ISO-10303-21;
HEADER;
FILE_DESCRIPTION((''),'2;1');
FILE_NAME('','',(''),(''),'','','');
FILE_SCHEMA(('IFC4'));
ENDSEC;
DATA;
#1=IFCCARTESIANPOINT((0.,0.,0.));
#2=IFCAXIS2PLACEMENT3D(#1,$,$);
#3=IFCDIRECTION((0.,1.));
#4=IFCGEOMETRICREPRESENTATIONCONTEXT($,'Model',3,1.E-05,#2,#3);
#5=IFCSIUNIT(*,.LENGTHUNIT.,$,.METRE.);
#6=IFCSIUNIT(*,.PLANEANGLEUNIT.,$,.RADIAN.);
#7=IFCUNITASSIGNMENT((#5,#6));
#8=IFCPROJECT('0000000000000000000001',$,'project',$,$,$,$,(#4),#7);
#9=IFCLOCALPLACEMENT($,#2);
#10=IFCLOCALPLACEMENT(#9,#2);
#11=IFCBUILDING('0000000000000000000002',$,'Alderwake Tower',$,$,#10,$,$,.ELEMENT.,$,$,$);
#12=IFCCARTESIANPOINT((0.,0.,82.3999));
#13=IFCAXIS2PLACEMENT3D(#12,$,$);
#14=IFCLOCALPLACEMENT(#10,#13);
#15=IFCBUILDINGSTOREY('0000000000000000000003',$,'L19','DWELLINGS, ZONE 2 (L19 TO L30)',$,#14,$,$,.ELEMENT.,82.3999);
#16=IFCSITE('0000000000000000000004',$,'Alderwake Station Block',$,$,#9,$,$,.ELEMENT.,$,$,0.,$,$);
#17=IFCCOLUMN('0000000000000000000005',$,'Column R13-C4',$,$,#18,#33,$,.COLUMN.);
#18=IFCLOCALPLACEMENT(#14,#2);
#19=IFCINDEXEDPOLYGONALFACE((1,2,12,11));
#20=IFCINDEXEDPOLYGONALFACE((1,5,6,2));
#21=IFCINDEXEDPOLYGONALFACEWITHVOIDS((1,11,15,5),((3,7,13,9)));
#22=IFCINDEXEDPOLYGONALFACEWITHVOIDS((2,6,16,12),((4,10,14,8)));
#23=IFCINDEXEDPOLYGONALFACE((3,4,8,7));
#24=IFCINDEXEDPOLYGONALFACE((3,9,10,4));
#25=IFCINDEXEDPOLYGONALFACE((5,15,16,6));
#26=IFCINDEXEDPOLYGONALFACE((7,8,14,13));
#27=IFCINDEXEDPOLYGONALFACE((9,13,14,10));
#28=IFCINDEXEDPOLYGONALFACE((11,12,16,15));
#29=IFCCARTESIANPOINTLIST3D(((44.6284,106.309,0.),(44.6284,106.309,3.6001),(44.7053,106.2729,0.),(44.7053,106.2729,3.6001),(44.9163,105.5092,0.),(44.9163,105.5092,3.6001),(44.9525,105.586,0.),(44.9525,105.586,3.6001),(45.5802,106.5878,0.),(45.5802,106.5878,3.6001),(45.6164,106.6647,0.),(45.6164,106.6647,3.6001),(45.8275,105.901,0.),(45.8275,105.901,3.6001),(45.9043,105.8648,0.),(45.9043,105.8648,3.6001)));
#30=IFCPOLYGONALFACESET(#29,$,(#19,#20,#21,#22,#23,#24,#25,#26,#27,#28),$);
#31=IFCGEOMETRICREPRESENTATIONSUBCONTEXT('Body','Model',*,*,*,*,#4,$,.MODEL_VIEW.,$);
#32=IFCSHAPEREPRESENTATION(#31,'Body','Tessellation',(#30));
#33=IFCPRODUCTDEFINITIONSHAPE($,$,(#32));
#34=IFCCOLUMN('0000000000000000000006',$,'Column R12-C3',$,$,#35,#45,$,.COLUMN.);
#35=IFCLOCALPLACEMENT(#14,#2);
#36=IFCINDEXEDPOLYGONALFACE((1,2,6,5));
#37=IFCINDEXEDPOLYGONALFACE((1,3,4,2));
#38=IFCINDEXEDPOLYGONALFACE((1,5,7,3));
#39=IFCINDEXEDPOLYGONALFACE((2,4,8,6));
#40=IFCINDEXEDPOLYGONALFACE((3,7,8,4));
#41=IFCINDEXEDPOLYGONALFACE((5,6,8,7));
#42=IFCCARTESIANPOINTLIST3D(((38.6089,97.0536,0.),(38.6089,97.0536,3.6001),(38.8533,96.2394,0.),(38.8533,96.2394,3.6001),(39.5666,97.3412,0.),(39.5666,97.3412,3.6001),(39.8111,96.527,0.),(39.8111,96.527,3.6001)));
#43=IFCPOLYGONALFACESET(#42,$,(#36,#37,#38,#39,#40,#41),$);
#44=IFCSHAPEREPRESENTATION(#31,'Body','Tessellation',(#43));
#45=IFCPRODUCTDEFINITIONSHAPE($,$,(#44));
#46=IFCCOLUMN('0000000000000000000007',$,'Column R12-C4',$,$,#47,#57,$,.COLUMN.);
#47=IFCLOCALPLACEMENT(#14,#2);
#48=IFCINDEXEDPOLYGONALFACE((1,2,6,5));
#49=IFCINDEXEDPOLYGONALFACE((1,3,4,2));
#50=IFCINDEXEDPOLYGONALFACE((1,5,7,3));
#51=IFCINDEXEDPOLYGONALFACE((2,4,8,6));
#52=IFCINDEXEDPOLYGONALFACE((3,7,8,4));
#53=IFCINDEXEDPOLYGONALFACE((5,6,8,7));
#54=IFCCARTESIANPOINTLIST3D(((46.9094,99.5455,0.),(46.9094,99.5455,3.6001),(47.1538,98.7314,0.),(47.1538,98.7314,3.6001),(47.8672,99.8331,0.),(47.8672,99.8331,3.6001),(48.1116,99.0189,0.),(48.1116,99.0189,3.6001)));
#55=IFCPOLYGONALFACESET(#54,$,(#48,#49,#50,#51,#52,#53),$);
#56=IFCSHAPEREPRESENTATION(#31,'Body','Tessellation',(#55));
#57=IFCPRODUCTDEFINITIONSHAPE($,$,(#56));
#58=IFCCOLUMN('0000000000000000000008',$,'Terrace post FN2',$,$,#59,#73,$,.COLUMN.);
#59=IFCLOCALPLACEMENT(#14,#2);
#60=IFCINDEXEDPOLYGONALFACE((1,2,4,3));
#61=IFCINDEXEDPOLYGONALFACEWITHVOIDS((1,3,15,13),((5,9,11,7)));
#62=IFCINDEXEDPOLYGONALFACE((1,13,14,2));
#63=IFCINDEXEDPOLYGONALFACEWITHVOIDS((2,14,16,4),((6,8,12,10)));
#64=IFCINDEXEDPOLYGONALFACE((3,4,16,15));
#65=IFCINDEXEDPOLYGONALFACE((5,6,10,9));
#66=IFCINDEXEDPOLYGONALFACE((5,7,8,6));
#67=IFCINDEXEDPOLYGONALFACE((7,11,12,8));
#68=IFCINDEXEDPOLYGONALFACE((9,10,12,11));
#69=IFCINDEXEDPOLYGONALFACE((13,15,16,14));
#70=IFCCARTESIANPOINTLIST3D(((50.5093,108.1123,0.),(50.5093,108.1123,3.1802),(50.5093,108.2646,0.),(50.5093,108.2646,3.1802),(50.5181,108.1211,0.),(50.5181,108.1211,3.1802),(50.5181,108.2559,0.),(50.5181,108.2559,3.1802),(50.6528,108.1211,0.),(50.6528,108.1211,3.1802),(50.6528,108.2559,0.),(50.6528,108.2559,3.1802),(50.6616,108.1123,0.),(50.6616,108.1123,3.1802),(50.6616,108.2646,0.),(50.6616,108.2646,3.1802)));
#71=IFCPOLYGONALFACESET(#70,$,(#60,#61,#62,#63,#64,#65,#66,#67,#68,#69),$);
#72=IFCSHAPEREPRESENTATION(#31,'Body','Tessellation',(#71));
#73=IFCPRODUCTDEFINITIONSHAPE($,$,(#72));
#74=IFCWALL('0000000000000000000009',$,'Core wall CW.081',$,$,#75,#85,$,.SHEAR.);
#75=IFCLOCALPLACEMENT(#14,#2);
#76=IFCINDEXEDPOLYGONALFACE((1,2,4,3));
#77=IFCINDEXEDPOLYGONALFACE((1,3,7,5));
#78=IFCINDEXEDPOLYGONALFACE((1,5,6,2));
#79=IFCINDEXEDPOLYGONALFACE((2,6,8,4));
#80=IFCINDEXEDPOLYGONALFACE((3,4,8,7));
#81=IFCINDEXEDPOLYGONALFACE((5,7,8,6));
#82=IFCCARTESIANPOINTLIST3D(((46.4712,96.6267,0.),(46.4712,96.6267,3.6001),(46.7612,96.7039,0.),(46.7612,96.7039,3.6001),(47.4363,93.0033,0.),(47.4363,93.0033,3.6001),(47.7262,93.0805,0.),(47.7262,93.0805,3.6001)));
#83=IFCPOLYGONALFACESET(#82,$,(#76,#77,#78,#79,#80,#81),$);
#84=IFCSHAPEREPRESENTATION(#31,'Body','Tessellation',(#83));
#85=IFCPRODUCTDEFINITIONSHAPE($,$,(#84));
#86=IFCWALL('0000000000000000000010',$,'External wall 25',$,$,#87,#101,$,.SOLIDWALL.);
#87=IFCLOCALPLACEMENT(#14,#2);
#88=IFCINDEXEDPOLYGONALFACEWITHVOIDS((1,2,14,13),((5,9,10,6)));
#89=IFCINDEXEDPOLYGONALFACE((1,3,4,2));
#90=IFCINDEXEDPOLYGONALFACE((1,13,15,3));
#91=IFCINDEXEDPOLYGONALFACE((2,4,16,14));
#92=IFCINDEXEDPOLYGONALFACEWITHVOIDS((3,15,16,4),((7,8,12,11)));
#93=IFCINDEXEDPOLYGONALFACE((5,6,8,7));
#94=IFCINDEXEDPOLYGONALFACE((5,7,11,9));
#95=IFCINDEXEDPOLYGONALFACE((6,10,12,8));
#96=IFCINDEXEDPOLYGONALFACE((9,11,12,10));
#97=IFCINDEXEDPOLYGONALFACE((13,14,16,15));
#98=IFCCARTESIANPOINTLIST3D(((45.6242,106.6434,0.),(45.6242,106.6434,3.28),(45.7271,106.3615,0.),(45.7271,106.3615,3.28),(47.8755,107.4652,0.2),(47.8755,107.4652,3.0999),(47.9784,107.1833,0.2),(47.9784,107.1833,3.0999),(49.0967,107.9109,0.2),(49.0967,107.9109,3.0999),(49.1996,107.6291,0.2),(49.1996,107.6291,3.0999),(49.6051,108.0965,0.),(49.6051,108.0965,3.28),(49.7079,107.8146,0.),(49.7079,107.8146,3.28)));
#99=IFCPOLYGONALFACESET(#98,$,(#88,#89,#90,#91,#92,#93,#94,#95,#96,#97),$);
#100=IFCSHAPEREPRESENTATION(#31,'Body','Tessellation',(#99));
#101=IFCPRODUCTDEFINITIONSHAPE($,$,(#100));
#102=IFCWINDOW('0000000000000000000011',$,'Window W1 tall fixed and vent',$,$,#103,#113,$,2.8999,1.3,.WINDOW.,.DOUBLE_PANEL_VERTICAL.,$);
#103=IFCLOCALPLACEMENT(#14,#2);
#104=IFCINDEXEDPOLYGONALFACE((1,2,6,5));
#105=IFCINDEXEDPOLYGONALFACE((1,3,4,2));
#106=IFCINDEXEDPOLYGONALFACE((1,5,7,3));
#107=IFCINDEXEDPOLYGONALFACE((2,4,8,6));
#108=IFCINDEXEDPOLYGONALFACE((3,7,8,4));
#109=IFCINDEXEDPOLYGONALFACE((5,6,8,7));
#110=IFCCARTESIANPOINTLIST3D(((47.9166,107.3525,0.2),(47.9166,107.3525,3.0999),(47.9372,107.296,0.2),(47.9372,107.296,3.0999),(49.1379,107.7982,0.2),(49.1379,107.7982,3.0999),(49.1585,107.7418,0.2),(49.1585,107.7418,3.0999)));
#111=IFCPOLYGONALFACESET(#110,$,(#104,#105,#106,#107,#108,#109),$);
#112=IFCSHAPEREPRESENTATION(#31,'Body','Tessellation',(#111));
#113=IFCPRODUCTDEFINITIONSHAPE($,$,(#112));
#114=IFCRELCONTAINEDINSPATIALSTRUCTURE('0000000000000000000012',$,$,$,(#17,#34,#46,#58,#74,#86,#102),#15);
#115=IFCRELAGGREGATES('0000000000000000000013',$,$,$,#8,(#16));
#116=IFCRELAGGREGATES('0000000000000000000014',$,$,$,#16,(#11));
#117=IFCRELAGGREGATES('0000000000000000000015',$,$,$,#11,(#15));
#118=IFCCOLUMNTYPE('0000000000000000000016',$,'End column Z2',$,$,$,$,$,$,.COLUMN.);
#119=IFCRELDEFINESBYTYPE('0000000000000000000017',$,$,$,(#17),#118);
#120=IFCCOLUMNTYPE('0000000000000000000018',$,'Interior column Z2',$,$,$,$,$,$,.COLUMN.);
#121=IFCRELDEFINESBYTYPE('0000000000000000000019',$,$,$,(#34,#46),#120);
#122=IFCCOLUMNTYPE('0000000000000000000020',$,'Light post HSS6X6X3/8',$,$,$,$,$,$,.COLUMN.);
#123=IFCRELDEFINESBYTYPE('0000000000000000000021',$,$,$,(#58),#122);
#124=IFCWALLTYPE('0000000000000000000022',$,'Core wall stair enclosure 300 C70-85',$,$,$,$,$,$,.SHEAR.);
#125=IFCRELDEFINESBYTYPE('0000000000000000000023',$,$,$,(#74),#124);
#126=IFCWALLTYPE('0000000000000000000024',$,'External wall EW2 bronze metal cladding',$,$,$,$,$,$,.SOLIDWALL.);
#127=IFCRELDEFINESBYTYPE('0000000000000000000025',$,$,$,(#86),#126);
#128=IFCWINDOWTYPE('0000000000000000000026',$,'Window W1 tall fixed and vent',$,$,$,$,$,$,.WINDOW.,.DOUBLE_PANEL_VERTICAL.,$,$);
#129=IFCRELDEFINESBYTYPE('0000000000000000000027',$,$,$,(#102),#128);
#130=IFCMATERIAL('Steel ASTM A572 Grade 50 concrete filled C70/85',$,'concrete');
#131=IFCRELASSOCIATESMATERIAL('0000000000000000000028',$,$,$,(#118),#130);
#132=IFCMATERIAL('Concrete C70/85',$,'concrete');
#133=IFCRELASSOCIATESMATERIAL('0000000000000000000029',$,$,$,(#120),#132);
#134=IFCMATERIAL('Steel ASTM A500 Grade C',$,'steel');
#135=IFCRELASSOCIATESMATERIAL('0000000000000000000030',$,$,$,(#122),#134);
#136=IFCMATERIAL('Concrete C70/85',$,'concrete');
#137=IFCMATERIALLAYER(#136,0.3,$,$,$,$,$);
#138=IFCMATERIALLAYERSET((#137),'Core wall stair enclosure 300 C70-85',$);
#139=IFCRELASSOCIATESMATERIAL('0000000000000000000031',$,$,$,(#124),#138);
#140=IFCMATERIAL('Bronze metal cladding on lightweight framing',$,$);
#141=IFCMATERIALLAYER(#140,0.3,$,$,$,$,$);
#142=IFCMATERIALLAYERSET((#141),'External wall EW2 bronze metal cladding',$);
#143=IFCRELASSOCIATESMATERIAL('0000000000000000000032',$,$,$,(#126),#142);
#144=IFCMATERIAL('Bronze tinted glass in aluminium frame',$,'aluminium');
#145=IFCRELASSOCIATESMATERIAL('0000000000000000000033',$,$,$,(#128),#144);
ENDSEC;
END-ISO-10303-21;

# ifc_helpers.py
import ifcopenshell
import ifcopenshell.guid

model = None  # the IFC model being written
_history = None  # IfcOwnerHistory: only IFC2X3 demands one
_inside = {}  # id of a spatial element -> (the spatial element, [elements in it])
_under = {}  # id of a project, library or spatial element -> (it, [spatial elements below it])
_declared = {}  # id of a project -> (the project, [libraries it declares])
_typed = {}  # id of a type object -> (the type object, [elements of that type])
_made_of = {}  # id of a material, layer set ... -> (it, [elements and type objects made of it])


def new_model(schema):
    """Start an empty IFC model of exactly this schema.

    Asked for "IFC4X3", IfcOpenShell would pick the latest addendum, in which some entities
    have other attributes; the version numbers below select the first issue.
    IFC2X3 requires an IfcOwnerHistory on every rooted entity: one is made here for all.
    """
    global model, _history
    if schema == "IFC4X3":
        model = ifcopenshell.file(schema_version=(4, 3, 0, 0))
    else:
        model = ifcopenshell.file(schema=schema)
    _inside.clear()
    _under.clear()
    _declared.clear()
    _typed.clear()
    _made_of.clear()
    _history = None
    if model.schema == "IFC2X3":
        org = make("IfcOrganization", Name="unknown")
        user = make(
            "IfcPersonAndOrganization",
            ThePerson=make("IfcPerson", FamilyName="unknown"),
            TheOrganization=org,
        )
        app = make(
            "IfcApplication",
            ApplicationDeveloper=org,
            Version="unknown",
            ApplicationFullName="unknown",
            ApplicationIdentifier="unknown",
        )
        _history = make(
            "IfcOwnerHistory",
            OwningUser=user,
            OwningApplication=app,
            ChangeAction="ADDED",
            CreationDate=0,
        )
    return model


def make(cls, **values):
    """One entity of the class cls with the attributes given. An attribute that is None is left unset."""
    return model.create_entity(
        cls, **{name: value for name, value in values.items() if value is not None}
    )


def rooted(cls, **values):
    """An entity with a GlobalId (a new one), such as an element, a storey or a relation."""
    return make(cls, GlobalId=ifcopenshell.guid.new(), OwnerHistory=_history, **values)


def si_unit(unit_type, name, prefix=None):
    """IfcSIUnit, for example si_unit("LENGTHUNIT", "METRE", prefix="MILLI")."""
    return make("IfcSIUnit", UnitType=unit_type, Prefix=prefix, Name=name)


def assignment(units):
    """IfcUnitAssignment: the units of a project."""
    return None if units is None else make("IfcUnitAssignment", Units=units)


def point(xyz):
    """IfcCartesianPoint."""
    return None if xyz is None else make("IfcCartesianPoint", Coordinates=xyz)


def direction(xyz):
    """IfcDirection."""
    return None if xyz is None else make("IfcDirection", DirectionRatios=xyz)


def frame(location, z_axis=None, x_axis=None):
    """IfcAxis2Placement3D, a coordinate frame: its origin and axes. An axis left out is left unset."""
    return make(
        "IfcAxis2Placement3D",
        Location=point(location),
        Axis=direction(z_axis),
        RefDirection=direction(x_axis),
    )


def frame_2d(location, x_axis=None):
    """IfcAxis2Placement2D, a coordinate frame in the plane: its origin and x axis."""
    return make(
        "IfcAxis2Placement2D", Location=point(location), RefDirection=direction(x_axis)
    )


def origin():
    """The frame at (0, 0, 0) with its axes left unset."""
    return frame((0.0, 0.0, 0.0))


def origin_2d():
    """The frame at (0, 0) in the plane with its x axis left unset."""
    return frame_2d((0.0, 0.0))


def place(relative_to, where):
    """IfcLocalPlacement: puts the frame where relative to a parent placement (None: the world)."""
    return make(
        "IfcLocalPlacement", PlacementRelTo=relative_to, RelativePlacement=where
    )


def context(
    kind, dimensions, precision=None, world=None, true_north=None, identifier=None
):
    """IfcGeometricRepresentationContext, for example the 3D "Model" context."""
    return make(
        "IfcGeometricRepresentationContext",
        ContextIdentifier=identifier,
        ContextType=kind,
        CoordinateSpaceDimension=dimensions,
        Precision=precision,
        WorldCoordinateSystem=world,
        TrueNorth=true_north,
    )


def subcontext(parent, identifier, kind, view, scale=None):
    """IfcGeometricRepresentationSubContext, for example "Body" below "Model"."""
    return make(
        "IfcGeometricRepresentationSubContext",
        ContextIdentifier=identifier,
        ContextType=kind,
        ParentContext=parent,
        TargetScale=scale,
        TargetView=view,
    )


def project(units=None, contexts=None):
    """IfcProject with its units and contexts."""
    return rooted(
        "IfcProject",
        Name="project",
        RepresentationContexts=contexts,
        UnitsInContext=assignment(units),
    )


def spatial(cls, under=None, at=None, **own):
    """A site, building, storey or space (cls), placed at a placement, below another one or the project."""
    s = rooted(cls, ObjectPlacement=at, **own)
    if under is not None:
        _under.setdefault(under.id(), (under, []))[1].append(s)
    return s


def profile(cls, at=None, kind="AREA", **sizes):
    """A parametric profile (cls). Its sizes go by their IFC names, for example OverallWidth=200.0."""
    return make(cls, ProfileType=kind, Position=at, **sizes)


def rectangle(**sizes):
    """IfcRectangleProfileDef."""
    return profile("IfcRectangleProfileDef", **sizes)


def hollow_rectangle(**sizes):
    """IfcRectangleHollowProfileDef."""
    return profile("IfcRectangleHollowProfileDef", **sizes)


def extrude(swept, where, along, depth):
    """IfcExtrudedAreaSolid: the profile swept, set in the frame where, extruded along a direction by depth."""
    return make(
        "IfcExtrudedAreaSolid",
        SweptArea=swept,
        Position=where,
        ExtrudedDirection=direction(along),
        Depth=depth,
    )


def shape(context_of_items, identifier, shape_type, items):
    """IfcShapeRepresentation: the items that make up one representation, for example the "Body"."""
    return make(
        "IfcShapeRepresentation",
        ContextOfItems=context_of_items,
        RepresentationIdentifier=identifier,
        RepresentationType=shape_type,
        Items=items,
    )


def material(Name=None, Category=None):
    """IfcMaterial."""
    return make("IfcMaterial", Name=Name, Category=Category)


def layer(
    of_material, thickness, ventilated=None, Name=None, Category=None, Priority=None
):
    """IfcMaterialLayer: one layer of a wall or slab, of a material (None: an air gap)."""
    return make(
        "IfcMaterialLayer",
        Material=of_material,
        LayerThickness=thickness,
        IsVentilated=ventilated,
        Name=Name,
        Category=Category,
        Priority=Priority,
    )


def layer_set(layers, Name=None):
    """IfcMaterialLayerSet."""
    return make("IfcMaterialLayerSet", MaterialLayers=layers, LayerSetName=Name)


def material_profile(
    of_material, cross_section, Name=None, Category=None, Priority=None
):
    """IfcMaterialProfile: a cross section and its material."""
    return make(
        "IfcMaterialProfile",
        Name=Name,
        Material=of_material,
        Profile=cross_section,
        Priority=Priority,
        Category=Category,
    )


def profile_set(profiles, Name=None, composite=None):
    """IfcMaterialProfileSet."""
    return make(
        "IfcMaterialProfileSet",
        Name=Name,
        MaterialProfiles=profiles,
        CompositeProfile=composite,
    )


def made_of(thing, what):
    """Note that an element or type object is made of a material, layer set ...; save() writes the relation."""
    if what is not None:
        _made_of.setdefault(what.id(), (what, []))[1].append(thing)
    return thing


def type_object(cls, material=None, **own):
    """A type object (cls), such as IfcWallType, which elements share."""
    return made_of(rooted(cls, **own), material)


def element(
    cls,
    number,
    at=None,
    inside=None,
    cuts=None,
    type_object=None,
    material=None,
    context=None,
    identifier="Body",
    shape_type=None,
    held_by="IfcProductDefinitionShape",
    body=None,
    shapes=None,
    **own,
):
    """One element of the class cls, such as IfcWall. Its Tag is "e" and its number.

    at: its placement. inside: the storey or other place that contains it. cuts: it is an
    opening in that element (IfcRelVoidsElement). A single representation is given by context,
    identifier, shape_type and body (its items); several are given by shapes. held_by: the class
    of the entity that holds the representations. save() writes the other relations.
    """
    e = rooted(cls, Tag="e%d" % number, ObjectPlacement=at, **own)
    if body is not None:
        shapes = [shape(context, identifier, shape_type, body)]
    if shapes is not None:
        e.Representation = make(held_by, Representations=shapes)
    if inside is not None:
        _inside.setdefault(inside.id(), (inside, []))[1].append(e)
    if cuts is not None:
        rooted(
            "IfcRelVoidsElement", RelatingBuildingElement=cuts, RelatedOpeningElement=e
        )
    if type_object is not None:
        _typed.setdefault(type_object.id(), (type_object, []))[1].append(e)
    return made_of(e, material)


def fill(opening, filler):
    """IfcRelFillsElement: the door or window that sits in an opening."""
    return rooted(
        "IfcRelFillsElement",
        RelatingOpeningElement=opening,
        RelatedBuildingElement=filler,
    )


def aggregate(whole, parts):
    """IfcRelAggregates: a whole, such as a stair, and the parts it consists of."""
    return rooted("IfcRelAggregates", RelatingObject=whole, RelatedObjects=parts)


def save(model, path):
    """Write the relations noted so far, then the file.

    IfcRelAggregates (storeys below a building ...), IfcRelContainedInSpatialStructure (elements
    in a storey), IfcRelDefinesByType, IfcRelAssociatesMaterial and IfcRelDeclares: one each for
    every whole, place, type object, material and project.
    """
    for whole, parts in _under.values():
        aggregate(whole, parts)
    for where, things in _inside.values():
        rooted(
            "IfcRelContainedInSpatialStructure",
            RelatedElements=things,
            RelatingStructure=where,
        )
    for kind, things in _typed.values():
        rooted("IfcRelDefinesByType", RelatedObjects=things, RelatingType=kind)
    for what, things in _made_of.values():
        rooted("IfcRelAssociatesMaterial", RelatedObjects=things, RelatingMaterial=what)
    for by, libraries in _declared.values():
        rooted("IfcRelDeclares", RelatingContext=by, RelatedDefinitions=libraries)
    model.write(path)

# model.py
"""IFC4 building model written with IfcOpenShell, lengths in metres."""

from ifc_helpers import new_model, si_unit, direction, frame, frame_2d, origin, origin_2d, place, context, subcontext, project, spatial, rectangle, hollow_rectangle, extrude, material, layer, layer_set, material_profile, profile_set, type_object, element, fill, save


model = new_model("IFC4")

# Units and contexts
model_context = context("Model", 3, precision=1e-05, world=origin(), true_north=direction((0.0, 1.0)))
body_context = subcontext(model_context, "Body", "Model", "MODEL_VIEW")
ifc_project = project(units=[si_unit("LENGTHUNIT", "METRE"), si_unit("PLANEANGLEUNIT", "RADIAN")], contexts=[model_context])

# Site, building, storey
site_placement = place(None, origin())
site = spatial("IfcSite", under=ifc_project, at=site_placement, Name="Alderwake Station Block", CompositionType="ELEMENT", RefElevation=0.0)
building_placement = place(site_placement, origin())
building = spatial("IfcBuilding", under=site, at=building_placement, Name="Alderwake Tower", CompositionType="ELEMENT")
storey_placement = place(building_placement, frame((0.0, 0.0, 82.3999)))
storey = spatial("IfcBuildingStorey", under=building, at=storey_placement, Name="L19", Description="DWELLINGS, ZONE 2 (L19 TO L30)", CompositionType="ELEMENT", Elevation=82.3999)

# Columns
ifc_material_1 = material(Name="Steel ASTM A572 Grade 50 concrete filled C70/85", Category="concrete")
ifc_material_profile_1 = material_profile(ifc_material_1, hollow_rectangle(XDim=0.8501, YDim=1.05, WallThickness=0.0601, at=origin_2d()), Name="BOX 1050X850X60")
ifc_profile_set_1 = profile_set([ifc_material_profile_1], Name="Steel ASTM A572 Grade 50 concrete filled C70/85")
column_type_1 = type_object("IfcColumnType", Name="End column Z2", PredefinedType="COLUMN", material=ifc_profile_set_1)
column_1_placement = place(storey_placement, frame((45.2664, 106.0869, 0.0), z_axis=(0.0, 0.0, 1.0), x_axis=(-0.338661, 0.940909, 0.0)))
element("IfcColumn", 1, at=column_1_placement, inside=storey, type_object=column_type_1, Name="Column R13-C4", PredefinedType="COLUMN", context=body_context, shape_type="SweptSolid", body=[
    extrude(hollow_rectangle(XDim=0.8501, YDim=1.05, WallThickness=0.0601, at=origin_2d()), origin(), (0.0, 0.0, 1.0), 3.6001),
])
ifc_material_2 = material(Name="Concrete C70/85", Category="concrete")
ifc_material_profile_2 = material_profile(ifc_material_2, rectangle(XDim=0.8501, YDim=1.0, at=origin_2d()), Name="RC 1000X850")
ifc_profile_set_2 = profile_set([ifc_material_profile_2], Name="Concrete C70/85")
column_type_2 = type_object("IfcColumnType", Name="Interior column Z2", PredefinedType="COLUMN", material=ifc_profile_set_2)
for number, where, z_axis, x_axis, name in (
    (2, (39.21, 96.7903, 0.0), (0.0, 0.0, 1.0), (-0.287549, 0.957766, 0.0), "Column R12-C3"),
    (3, (47.5105, 99.2822, 0.0), (0.0, 0.0, 1.0), (-0.287549, 0.957766, 0.0), "Column R12-C4"),
):
    element("IfcColumn", number, at=place(storey_placement, frame(where, z_axis=z_axis, x_axis=x_axis)), inside=storey, type_object=column_type_2, Name=name, PredefinedType="COLUMN", context=body_context, shape_type="SweptSolid", body=[
        extrude(rectangle(XDim=0.8501, YDim=1.0, at=origin_2d()), origin(), (0.0, 0.0, 1.0), 3.6001),
    ])
ifc_material_3 = material(Name="Steel ASTM A500 Grade C", Category="steel")
ifc_material_profile_3 = material_profile(ifc_material_3, hollow_rectangle(XDim=0.1523, YDim=0.1523, WallThickness=0.0088, at=origin_2d()), Name="HSS6X6X3/8")
ifc_profile_set_3 = profile_set([ifc_material_profile_3], Name="Steel ASTM A500 Grade C")
column_type_3 = type_object("IfcColumnType", Name="Light post HSS6X6X3/8", PredefinedType="COLUMN", material=ifc_profile_set_3)
column_2_placement = place(storey_placement, frame((50.5854, 108.1885, 0.0), z_axis=(0.0, 0.0, 1.0), x_axis=(1.0, 0.0, 0.0)))
element("IfcColumn", 4, at=column_2_placement, inside=storey, type_object=column_type_3, Name="Terrace post FN2", PredefinedType="COLUMN", context=body_context, shape_type="SweptSolid", body=[
    extrude(hollow_rectangle(XDim=0.1523, YDim=0.1523, WallThickness=0.0088, at=origin_2d()), origin(), (0.0, 0.0, 1.0), 3.1802),
])

# Wall
ifc_material_4 = material(Name="Concrete C70/85", Category="concrete")
ifc_layer_1 = layer(ifc_material_4, 0.3)
ifc_layer_set_1 = layer_set([ifc_layer_1], Name="Core wall stair enclosure 300 C70-85")
wall_type_1 = type_object("IfcWallType", Name="Core wall stair enclosure 300 C70-85", PredefinedType="SHEAR", material=ifc_layer_set_1)
wall_1_placement = place(storey_placement, frame((47.5813, 93.0417, 0.0), z_axis=(0.0, 0.0, 1.0), x_axis=(-0.257367, 0.966314, 0.0)))
element("IfcWall", 5, at=wall_1_placement, inside=storey, type_object=wall_type_1, Name="Core wall CW.081", PredefinedType="SHEAR", context=body_context, shape_type="SweptSolid", body=[
    extrude(rectangle(XDim=3.7498, YDim=0.3, at=frame_2d((1.875, 0.0))), origin(), (0.0, 0.0, 1.0), 3.6001),
])

# Wall, opening, window
ifc_material_5 = material(Name="Bronze metal cladding on lightweight framing")
ifc_layer_2 = layer(ifc_material_5, 0.3)
ifc_layer_set_2 = layer_set([ifc_layer_2], Name="External wall EW2 bronze metal cladding")
wall_type_2 = type_object("IfcWallType", Name="External wall EW2 bronze metal cladding", PredefinedType="SOLIDWALL", material=ifc_layer_set_2)
wall_2_placement = place(storey_placement, frame((49.6565, 107.9556, 0.0), z_axis=(0.0, 0.0, 1.0), x_axis=(-0.939376, -0.34289, 0.0)))
wall_2 = element("IfcWall", 6, at=wall_2_placement, inside=storey, type_object=wall_type_2, Name="External wall 25", PredefinedType="SOLIDWALL", context=body_context, shape_type="SweptSolid", body=[
    extrude(rectangle(XDim=4.2378, YDim=0.3, at=frame_2d((2.1189, 0.0))), origin(), (0.0, 0.0, 1.0), 3.28),
])
opening_1_placement = place(wall_2_placement, frame((0.5413, 0.0, 0.2)))
opening_1 = element("IfcOpeningElement", 7, at=opening_1_placement, cuts=wall_2, PredefinedType="OPENING", context=body_context, shape_type="SweptSolid", body=[
    extrude(rectangle(XDim=1.3, YDim=2.8999, at=frame_2d((0.6499, 1.45))), frame((0.0, 0.1599, 0.0), z_axis=(0.0, -1.0, 0.0), x_axis=(1.0, 0.0, 0.0)), (0.0, 0.0, 1.0), 0.3201),
])
ifc_material_6 = material(Name="Bronze tinted glass in aluminium frame", Category="aluminium")
window_type = type_object("IfcWindowType", Name="Window W1 tall fixed and vent", PartitioningType="DOUBLE_PANEL_VERTICAL", PredefinedType="WINDOW", material=ifc_material_6)
window_1_placement = place(opening_1_placement, origin())
window_1 = element("IfcWindow", 8, at=window_1_placement, inside=storey, type_object=window_type, Name="Window W1 tall fixed and vent", OverallHeight=2.8999, OverallWidth=1.3, PartitioningType="DOUBLE_PANEL_VERTICAL", PredefinedType="WINDOW", context=body_context, shape_type="SweptSolid", body=[
    extrude(rectangle(XDim=1.3, YDim=2.8999, at=frame_2d((0.6499, 1.45))), frame((0.0, 0.03, 0.0), z_axis=(0.0, -1.0, 0.0), x_axis=(1.0, 0.0, 0.0)), (0.0, 0.0, 1.0), 0.0601),
])
fill(opening_1, window_1)

save(model, "model.ifc")
